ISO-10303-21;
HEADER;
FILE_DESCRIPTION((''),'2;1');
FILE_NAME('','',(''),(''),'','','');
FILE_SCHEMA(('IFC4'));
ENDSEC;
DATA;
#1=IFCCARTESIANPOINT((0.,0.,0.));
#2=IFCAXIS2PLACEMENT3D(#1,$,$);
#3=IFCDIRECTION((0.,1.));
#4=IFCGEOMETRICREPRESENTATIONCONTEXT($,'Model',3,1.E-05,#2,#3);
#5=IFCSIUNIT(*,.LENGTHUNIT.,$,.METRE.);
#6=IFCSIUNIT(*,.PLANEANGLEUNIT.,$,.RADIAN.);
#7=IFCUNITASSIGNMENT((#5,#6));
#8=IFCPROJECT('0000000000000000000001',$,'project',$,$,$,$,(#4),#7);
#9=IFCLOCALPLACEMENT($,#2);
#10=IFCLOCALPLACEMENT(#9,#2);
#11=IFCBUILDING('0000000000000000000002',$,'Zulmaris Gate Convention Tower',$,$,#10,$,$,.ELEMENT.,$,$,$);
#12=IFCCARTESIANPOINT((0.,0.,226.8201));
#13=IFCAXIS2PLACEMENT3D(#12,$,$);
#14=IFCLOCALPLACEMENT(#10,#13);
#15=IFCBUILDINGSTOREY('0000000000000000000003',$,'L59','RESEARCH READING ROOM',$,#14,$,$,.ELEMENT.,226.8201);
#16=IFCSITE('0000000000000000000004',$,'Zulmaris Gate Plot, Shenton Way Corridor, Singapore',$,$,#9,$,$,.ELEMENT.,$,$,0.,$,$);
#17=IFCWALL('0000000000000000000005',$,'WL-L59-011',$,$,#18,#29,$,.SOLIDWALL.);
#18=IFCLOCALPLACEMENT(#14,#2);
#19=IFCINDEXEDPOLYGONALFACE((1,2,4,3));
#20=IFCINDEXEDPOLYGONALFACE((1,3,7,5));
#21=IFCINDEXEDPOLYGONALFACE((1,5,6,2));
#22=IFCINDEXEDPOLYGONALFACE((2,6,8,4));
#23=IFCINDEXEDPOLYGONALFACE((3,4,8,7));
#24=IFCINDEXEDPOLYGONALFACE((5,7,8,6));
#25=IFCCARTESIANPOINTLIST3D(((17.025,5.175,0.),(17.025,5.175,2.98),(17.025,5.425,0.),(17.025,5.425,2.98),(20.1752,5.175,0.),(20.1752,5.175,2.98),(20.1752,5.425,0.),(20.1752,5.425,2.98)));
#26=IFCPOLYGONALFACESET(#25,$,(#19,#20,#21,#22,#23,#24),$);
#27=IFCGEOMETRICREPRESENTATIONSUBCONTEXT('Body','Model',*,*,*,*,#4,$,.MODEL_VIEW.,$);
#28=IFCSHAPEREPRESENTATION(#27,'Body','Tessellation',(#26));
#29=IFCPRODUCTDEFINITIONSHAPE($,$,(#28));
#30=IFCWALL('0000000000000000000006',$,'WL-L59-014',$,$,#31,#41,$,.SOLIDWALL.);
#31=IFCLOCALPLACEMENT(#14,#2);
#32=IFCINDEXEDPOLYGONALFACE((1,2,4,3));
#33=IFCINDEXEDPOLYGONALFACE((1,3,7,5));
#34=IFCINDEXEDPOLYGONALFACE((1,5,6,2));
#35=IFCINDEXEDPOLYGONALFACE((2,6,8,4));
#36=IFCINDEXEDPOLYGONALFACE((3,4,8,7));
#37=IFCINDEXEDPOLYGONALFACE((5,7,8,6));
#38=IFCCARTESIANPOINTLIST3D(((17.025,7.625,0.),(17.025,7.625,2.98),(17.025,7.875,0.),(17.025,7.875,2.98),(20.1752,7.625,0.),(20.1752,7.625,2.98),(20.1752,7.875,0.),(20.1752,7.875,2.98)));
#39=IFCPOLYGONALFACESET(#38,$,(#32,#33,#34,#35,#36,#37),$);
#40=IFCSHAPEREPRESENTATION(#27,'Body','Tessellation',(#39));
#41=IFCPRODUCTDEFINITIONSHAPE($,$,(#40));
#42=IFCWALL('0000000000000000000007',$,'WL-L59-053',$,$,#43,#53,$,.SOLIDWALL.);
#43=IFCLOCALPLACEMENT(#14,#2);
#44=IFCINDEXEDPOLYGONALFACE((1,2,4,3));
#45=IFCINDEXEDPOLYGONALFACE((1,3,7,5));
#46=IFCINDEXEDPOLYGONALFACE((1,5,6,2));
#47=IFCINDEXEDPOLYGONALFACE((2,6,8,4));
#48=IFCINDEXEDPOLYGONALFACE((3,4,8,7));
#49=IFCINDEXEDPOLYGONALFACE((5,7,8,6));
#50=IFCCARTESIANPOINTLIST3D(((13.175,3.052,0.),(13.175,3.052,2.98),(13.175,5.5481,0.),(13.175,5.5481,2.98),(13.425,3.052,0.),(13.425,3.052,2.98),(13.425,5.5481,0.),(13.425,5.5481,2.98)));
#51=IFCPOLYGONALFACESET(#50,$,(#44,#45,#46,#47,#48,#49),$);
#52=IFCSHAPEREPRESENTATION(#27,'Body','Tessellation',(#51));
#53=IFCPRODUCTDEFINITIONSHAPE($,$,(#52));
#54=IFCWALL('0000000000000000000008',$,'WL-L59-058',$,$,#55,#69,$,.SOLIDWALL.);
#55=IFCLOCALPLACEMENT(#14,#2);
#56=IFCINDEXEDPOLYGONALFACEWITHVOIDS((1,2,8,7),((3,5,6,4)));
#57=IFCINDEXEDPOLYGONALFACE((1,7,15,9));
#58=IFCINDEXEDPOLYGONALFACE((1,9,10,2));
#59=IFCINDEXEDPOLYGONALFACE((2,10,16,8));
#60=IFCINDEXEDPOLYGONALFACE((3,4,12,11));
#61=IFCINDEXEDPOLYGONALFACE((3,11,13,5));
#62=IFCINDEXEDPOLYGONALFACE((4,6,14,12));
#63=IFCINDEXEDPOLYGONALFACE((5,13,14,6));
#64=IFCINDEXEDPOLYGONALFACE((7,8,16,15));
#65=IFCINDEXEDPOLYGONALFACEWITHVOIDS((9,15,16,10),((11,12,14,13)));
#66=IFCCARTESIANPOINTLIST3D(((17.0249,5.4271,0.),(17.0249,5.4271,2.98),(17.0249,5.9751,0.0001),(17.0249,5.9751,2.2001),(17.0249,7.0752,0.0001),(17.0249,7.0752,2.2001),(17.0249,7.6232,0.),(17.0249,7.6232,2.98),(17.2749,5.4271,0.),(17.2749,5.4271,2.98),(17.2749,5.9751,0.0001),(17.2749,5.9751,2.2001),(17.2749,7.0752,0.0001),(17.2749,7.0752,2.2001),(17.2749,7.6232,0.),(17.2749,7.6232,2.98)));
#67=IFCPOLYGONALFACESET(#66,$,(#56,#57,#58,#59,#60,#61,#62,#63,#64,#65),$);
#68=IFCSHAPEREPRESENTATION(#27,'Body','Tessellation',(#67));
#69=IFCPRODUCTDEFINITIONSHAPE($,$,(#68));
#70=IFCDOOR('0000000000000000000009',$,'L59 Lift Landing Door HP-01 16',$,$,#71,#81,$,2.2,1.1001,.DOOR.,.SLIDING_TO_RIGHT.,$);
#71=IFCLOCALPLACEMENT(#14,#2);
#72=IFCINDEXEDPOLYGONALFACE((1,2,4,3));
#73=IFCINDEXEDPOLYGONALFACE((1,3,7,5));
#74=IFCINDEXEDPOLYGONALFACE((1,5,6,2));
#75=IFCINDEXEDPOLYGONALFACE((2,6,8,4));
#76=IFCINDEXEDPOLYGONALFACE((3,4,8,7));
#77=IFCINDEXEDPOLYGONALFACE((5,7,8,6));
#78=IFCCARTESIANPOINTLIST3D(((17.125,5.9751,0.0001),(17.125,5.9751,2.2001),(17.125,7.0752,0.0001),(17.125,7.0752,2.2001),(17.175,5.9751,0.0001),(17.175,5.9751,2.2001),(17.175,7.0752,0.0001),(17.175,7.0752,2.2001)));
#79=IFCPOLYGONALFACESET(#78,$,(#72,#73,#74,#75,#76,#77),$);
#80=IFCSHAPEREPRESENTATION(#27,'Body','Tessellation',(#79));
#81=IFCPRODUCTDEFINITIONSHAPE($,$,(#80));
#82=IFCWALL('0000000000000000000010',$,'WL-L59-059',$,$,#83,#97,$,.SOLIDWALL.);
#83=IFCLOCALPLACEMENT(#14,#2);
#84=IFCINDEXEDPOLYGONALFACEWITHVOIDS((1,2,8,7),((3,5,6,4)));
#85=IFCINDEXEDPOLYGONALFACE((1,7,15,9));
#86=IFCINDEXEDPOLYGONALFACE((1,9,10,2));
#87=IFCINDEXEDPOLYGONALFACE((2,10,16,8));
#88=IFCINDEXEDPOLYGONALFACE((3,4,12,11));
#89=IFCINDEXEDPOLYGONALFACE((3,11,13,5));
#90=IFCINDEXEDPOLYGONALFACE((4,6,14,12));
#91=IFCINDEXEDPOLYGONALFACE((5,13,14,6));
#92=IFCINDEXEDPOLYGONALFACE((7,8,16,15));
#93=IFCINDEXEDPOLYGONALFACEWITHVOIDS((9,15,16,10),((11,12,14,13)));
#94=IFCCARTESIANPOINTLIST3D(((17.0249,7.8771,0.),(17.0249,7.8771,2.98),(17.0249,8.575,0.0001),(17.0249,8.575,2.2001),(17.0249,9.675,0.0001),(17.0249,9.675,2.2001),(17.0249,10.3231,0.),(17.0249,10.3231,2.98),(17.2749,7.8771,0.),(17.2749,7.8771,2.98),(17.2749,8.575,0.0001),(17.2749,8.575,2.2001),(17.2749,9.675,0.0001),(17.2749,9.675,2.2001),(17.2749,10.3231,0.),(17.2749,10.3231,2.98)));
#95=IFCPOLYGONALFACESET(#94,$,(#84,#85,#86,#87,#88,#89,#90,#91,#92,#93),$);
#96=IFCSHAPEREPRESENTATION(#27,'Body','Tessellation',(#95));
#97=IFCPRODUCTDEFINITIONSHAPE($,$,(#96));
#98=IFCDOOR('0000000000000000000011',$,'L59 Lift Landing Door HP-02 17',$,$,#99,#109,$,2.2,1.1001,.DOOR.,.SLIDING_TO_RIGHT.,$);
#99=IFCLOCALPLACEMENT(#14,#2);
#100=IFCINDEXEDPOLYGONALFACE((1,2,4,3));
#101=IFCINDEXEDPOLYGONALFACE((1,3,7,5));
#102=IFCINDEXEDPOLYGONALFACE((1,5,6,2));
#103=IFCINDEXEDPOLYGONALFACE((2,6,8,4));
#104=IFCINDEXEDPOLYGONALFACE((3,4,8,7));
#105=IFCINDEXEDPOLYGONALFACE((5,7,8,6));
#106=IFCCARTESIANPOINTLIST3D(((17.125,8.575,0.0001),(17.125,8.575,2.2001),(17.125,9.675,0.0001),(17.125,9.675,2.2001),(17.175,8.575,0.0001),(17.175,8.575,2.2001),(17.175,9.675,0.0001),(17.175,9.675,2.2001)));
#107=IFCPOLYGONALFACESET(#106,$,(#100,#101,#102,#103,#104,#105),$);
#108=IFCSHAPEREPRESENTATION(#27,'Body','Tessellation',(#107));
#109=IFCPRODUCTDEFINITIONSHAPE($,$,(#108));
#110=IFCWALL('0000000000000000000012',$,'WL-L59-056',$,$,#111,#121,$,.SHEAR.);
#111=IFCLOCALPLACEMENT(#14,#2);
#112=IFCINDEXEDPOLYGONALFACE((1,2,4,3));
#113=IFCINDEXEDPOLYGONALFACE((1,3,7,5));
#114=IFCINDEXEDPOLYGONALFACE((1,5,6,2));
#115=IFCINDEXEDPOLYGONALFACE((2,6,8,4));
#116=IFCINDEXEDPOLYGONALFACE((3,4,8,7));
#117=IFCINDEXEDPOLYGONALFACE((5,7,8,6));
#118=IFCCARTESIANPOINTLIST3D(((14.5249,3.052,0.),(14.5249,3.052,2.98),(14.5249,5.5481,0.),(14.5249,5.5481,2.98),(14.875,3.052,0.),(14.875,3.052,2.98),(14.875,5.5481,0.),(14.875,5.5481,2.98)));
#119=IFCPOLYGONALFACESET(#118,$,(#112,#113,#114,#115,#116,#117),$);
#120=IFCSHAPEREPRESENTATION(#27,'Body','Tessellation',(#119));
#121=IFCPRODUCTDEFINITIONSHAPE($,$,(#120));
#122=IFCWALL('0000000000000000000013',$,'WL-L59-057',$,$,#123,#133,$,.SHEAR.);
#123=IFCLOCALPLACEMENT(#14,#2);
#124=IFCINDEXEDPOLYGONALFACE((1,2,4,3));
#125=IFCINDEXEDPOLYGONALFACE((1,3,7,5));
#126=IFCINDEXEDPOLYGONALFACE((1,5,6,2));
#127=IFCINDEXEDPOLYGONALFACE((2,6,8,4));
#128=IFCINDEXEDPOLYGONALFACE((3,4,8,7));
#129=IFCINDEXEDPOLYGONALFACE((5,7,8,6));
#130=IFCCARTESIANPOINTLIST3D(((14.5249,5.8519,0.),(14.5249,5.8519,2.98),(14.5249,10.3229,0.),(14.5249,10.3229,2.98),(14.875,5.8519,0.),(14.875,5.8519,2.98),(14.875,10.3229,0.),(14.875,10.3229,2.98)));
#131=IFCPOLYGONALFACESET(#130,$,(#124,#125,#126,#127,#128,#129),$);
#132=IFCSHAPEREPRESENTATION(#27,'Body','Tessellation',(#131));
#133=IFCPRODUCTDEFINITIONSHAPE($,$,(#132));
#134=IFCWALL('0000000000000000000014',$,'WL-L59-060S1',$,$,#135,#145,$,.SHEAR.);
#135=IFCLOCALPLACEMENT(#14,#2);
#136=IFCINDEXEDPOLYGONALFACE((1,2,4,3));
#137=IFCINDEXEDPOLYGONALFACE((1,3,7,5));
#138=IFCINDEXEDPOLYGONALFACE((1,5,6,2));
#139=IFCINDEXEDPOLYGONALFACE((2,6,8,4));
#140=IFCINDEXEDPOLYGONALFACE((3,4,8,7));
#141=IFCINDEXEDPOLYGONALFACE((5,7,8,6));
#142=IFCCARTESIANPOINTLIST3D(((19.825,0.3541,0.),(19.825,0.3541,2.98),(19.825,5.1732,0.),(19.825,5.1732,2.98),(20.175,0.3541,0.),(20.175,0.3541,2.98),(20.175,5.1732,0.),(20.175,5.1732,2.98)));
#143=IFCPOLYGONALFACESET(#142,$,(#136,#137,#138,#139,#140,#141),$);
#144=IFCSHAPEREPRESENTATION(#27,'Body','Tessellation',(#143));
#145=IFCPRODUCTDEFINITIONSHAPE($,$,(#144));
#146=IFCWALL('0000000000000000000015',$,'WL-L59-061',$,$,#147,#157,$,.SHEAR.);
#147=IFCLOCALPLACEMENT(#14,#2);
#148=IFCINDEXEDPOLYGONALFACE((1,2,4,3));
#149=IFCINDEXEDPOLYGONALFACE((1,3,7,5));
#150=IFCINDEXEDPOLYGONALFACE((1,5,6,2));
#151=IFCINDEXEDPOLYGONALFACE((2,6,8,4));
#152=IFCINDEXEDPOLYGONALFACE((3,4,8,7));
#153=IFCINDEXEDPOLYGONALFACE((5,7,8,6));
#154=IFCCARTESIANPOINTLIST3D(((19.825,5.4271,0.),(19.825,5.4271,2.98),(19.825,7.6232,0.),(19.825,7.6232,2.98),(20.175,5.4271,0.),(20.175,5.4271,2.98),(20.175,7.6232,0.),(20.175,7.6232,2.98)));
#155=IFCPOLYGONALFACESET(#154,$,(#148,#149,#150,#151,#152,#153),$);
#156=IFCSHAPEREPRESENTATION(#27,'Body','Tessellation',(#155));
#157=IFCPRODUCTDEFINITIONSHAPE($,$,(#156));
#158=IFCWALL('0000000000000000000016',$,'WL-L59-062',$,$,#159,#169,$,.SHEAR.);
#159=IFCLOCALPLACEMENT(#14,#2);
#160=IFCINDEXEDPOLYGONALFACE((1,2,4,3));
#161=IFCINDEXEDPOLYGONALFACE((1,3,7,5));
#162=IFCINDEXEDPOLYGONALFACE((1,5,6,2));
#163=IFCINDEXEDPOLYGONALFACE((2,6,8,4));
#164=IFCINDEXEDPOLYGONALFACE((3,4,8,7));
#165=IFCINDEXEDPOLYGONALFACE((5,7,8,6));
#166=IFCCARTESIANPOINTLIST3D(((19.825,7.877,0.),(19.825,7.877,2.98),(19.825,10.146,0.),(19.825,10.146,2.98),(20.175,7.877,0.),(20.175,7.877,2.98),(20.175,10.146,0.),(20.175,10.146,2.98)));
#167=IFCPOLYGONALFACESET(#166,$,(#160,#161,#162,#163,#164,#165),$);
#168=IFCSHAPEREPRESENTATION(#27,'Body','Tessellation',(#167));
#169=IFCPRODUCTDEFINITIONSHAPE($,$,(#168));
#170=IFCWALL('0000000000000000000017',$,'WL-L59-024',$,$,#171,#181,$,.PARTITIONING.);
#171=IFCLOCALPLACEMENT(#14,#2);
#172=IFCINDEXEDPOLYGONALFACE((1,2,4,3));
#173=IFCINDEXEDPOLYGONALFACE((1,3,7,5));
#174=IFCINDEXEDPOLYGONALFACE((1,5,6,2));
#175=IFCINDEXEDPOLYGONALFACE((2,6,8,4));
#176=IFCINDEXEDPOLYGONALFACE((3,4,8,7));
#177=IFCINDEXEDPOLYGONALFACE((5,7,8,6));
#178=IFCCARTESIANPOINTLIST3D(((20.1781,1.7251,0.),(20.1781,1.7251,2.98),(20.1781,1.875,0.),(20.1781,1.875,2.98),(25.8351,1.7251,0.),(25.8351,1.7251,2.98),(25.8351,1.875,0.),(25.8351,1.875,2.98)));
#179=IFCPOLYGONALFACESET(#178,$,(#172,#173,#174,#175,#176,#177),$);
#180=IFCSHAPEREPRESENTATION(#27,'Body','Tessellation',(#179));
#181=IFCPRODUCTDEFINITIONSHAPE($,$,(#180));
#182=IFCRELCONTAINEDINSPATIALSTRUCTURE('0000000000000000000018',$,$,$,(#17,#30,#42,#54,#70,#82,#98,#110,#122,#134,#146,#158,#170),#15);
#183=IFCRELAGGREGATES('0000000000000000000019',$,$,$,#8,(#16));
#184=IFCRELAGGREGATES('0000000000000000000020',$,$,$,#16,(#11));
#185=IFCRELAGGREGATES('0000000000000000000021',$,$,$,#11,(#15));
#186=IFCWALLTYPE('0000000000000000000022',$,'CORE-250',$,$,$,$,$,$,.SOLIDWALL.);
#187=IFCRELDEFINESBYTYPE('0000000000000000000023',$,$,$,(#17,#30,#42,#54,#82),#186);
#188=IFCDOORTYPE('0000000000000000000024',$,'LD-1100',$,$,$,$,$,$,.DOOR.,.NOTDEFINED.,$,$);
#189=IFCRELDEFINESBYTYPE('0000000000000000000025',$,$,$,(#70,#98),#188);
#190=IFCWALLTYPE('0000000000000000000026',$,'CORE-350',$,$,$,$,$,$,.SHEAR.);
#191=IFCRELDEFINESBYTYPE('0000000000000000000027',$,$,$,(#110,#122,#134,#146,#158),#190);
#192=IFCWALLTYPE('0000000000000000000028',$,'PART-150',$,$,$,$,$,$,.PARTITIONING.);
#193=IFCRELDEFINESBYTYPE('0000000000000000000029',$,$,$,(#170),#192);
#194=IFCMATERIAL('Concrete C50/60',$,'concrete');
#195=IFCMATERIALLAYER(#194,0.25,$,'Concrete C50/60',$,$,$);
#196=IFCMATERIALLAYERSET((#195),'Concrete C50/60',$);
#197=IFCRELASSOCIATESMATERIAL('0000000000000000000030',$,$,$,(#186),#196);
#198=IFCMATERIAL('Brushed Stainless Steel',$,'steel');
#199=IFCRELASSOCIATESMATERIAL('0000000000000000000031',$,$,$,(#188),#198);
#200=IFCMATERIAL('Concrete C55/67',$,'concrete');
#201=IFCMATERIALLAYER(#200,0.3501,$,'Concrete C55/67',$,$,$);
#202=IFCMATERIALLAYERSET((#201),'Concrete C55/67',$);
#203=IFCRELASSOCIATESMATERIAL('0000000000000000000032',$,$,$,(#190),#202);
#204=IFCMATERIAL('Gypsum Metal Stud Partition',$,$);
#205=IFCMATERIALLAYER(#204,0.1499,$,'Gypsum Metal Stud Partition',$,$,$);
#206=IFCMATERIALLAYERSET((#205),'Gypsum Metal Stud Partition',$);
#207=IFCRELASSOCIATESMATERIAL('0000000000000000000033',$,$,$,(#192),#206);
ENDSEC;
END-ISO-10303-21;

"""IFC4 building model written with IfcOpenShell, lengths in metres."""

from ifc_helpers import new_model, si_unit, direction, frame, frame_2d, origin, place, context, subcontext, project, spatial, rectangle, extrude, material, layer, layer_set, type_object, element, fill, save


model = new_model("IFC4")

# Units and contexts
model_context = context("Model", 3, precision=1e-05, world=origin(), true_north=direction((0.0, 1.0)))
body_context = subcontext(model_context, "Body", "Model", "MODEL_VIEW")
ifc_project = project(units=[si_unit("LENGTHUNIT", "METRE"), si_unit("PLANEANGLEUNIT", "RADIAN")], contexts=[model_context])

# Site, building, storey
site_placement = place(None, origin())
site = spatial("IfcSite", under=ifc_project, at=site_placement, Name="Zulmaris Gate Plot, Shenton Way Corridor, Singapore", CompositionType="ELEMENT", RefElevation=0.0)
building_placement = place(site_placement, origin())
building = spatial("IfcBuilding", under=site, at=building_placement, Name="Zulmaris Gate Convention Tower", CompositionType="ELEMENT")
storey_placement = place(building_placement, frame((0.0, 0.0, 226.8201)))
storey = spatial("IfcBuildingStorey", under=building, at=storey_placement, Name="L59", Description="RESEARCH READING ROOM", CompositionType="ELEMENT", Elevation=226.8201)

# Shared definitions
ifc_material_1 = material(Name="Concrete C50/60", Category="concrete")

# Walls
ifc_layer_1 = layer(ifc_material_1, 0.25, Name="Concrete C50/60")
ifc_layer_set_1 = layer_set([ifc_layer_1], Name="Concrete C50/60")
wall_type_1 = type_object("IfcWallType", Name="CORE-250", PredefinedType="SOLIDWALL", material=ifc_layer_set_1)
for number, where, z_axis, x_axis, name in (
    (1, (17.0249, 5.3, 0.0), (0.0, 0.0, 1.0), (1.0, 0.0, 0.0), "WL-L59-011"),
    (2, (17.0249, 7.75, 0.0), (0.0, 0.0, 1.0), (1.0, 0.0, 0.0), "WL-L59-014"),
):
    element("IfcWall", number, at=place(storey_placement, frame(where, z_axis=z_axis, x_axis=x_axis)), inside=storey, type_object=wall_type_1, Name=name, PredefinedType="SOLIDWALL", context=body_context, shape_type="SweptSolid", body=[
        extrude(rectangle(XDim=3.1501, YDim=0.25, at=frame_2d((1.5752, 0.0))), origin(), (0.0, 0.0, 1.0), 2.98),
    ])
wall_1_placement = place(storey_placement, frame((13.3, 3.052, 0.0), z_axis=(0.0, 0.0, 1.0), x_axis=(0.0, 1.0, 0.0)))
element("IfcWall", 3, at=wall_1_placement, inside=storey, type_object=wall_type_1, Name="WL-L59-053", PredefinedType="SOLIDWALL", context=body_context, shape_type="SweptSolid", body=[
    extrude(rectangle(XDim=2.4961, YDim=0.25, at=frame_2d((1.248, 0.0))), origin(), (0.0, 0.0, 1.0), 2.98),
])

# Walls, openings, doors
wall_2_placement = place(storey_placement, frame((17.1499, 5.427, 0.0), z_axis=(0.0, 0.0, 1.0), x_axis=(0.0, 1.0, 0.0)))
wall_2 = element("IfcWall", 4, at=wall_2_placement, inside=storey, type_object=wall_type_1, Name="WL-L59-058", PredefinedType="SOLIDWALL", context=body_context, shape_type="SweptSolid", body=[
    extrude(rectangle(XDim=2.196, YDim=0.25, at=frame_2d((1.0981, 0.0))), origin(), (0.0, 0.0, 1.0), 2.98),
])
opening_1_placement = place(wall_2_placement, frame((0.5481, 0.0, 0.0)))
opening_1 = element("IfcOpeningElement", 5, at=opening_1_placement, cuts=wall_2, PredefinedType="OPENING", context=body_context, shape_type="SweptSolid", body=[
    extrude(rectangle(XDim=1.1001, YDim=2.2, at=frame_2d((0.55, 1.1001))), frame((0.0, 0.135, 0.0), z_axis=(0.0, -1.0, 0.0), x_axis=(1.0, 0.0, 0.0)), (0.0, 0.0, 1.0), 0.27),
])
ifc_material_2 = material(Name="Brushed Stainless Steel", Category="steel")
door_type = type_object("IfcDoorType", Name="LD-1100", OperationType="NOTDEFINED", PredefinedType="DOOR", material=ifc_material_2)
door_1_placement = place(opening_1_placement, origin())
door_1 = element("IfcDoor", 6, at=door_1_placement, inside=storey, type_object=door_type, Name="L59 Lift Landing Door HP-01 16", OperationType="SLIDING_TO_RIGHT", OverallHeight=2.2, OverallWidth=1.1001, PredefinedType="DOOR", context=body_context, shape_type="SweptSolid", body=[
    extrude(rectangle(XDim=1.1001, YDim=2.2, at=frame_2d((0.55, 1.1001))), frame((0.0, 0.0249, 0.0), z_axis=(0.0, -1.0, 0.0), x_axis=(1.0, 0.0, 0.0)), (0.0, 0.0, 1.0), 0.05),
])
fill(opening_1, door_1)
wall_3_placement = place(storey_placement, frame((17.1499, 7.877, 0.0), z_axis=(0.0, 0.0, 1.0), x_axis=(0.0, 1.0, 0.0)))
wall_3 = element("IfcWall", 7, at=wall_3_placement, inside=storey, type_object=wall_type_1, Name="WL-L59-059", PredefinedType="SOLIDWALL", context=body_context, shape_type="SweptSolid", body=[
    extrude(rectangle(XDim=2.446, YDim=0.25, at=frame_2d((1.2231, 0.0))), origin(), (0.0, 0.0, 1.0), 2.98),
])
opening_2_placement = place(wall_3_placement, frame((0.698, 0.0, 0.0)))
opening_2 = element("IfcOpeningElement", 8, at=opening_2_placement, cuts=wall_3, PredefinedType="OPENING", context=body_context, shape_type="SweptSolid", body=[
    extrude(rectangle(XDim=1.1001, YDim=2.2, at=frame_2d((0.55, 1.1001))), frame((0.0, 0.135, 0.0), z_axis=(0.0, -1.0, 0.0), x_axis=(1.0, 0.0, 0.0)), (0.0, 0.0, 1.0), 0.27),
])
door_2_placement = place(opening_2_placement, origin())
door_2 = element("IfcDoor", 9, at=door_2_placement, inside=storey, type_object=door_type, Name="L59 Lift Landing Door HP-02 17", OperationType="SLIDING_TO_RIGHT", OverallHeight=2.2, OverallWidth=1.1001, PredefinedType="DOOR", context=body_context, shape_type="SweptSolid", body=[
    extrude(rectangle(XDim=1.1001, YDim=2.2, at=frame_2d((0.55, 1.1001))), frame((0.0, 0.0249, 0.0), z_axis=(0.0, -1.0, 0.0), x_axis=(1.0, 0.0, 0.0)), (0.0, 0.0, 1.0), 0.05),
])
fill(opening_2, door_2)

# Walls
ifc_material_3 = material(Name="Concrete C55/67", Category="concrete")
ifc_layer_2 = layer(ifc_material_3, 0.3501, Name="Concrete C55/67")
ifc_layer_set_2 = layer_set([ifc_layer_2], Name="Concrete C55/67")
wall_type_2 = type_object("IfcWallType", Name="CORE-350", PredefinedType="SHEAR", material=ifc_layer_set_2)
wall_4_placement = place(storey_placement, frame((14.7, 3.052, 0.0), z_axis=(0.0, 0.0, 1.0), x_axis=(0.0, 1.0, 0.0)))
element("IfcWall", 10, at=wall_4_placement, inside=storey, type_object=wall_type_2, Name="WL-L59-056", PredefinedType="SHEAR", context=body_context, shape_type="SweptSolid", body=[
    extrude(rectangle(XDim=2.4961, YDim=0.3501, at=frame_2d((1.248, 0.0))), origin(), (0.0, 0.0, 1.0), 2.98),
])
wall_5_placement = place(storey_placement, frame((14.7, 5.8521, 0.0), z_axis=(0.0, 0.0, 1.0), x_axis=(0.0, 1.0, 0.0)))
element("IfcWall", 11, at=wall_5_placement, inside=storey, type_object=wall_type_2, Name="WL-L59-057", PredefinedType="SHEAR", context=body_context, shape_type="SweptSolid", body=[
    extrude(rectangle(XDim=4.4709, YDim=0.3501, at=frame_2d((2.2354, 0.0))), origin(), (0.0, 0.0, 1.0), 2.98),
])
wall_6_placement = place(storey_placement, frame((20.0, 0.354, 0.0), z_axis=(0.0, 0.0, 1.0), x_axis=(0.0, 1.0, 0.0)))
element("IfcWall", 12, at=wall_6_placement, inside=storey, type_object=wall_type_2, Name="WL-L59-060S1", PredefinedType="SHEAR", context=body_context, shape_type="SweptSolid", body=[
    extrude(rectangle(XDim=4.8191, YDim=0.3501, at=frame_2d((2.4097, 0.0))), origin(), (0.0, 0.0, 1.0), 2.98),
])
wall_7_placement = place(storey_placement, frame((20.0, 5.427, 0.0), z_axis=(0.0, 0.0, 1.0), x_axis=(0.0, 1.0, 0.0)))
element("IfcWall", 13, at=wall_7_placement, inside=storey, type_object=wall_type_2, Name="WL-L59-061", PredefinedType="SHEAR", context=body_context, shape_type="SweptSolid", body=[
    extrude(rectangle(XDim=2.196, YDim=0.3501, at=frame_2d((1.0981, 0.0))), origin(), (0.0, 0.0, 1.0), 2.98),
])
wall_8_placement = place(storey_placement, frame((20.0, 7.877, 0.0), z_axis=(0.0, 0.0, 1.0), x_axis=(0.0, 1.0, 0.0)))
element("IfcWall", 14, at=wall_8_placement, inside=storey, type_object=wall_type_2, Name="WL-L59-062", PredefinedType="SHEAR", context=body_context, shape_type="SweptSolid", body=[
    extrude(rectangle(XDim=2.269, YDim=0.3501, at=frame_2d((1.1345, 0.0))), origin(), (0.0, 0.0, 1.0), 2.98),
])
ifc_material_4 = material(Name="Gypsum Metal Stud Partition")
ifc_layer_3 = layer(ifc_material_4, 0.1499, Name="Gypsum Metal Stud Partition")
ifc_layer_set_3 = layer_set([ifc_layer_3], Name="Gypsum Metal Stud Partition")
wall_type_3 = type_object("IfcWallType", Name="PART-150", PredefinedType="PARTITIONING", material=ifc_layer_set_3)
wall_9_placement = place(storey_placement, frame((20.178, 1.8, 0.0), z_axis=(0.0, 0.0, 1.0), x_axis=(1.0, 0.0, 0.0)))
element("IfcWall", 15, at=wall_9_placement, inside=storey, type_object=wall_type_3, Name="WL-L59-024", PredefinedType="PARTITIONING", context=body_context, shape_type="SweptSolid", body=[
    extrude(rectangle(XDim=5.657, YDim=0.1499, at=frame_2d((2.8286, 0.0))), origin(), (0.0, 0.0, 1.0), 2.98),
])

save(model, "model.ifc")
